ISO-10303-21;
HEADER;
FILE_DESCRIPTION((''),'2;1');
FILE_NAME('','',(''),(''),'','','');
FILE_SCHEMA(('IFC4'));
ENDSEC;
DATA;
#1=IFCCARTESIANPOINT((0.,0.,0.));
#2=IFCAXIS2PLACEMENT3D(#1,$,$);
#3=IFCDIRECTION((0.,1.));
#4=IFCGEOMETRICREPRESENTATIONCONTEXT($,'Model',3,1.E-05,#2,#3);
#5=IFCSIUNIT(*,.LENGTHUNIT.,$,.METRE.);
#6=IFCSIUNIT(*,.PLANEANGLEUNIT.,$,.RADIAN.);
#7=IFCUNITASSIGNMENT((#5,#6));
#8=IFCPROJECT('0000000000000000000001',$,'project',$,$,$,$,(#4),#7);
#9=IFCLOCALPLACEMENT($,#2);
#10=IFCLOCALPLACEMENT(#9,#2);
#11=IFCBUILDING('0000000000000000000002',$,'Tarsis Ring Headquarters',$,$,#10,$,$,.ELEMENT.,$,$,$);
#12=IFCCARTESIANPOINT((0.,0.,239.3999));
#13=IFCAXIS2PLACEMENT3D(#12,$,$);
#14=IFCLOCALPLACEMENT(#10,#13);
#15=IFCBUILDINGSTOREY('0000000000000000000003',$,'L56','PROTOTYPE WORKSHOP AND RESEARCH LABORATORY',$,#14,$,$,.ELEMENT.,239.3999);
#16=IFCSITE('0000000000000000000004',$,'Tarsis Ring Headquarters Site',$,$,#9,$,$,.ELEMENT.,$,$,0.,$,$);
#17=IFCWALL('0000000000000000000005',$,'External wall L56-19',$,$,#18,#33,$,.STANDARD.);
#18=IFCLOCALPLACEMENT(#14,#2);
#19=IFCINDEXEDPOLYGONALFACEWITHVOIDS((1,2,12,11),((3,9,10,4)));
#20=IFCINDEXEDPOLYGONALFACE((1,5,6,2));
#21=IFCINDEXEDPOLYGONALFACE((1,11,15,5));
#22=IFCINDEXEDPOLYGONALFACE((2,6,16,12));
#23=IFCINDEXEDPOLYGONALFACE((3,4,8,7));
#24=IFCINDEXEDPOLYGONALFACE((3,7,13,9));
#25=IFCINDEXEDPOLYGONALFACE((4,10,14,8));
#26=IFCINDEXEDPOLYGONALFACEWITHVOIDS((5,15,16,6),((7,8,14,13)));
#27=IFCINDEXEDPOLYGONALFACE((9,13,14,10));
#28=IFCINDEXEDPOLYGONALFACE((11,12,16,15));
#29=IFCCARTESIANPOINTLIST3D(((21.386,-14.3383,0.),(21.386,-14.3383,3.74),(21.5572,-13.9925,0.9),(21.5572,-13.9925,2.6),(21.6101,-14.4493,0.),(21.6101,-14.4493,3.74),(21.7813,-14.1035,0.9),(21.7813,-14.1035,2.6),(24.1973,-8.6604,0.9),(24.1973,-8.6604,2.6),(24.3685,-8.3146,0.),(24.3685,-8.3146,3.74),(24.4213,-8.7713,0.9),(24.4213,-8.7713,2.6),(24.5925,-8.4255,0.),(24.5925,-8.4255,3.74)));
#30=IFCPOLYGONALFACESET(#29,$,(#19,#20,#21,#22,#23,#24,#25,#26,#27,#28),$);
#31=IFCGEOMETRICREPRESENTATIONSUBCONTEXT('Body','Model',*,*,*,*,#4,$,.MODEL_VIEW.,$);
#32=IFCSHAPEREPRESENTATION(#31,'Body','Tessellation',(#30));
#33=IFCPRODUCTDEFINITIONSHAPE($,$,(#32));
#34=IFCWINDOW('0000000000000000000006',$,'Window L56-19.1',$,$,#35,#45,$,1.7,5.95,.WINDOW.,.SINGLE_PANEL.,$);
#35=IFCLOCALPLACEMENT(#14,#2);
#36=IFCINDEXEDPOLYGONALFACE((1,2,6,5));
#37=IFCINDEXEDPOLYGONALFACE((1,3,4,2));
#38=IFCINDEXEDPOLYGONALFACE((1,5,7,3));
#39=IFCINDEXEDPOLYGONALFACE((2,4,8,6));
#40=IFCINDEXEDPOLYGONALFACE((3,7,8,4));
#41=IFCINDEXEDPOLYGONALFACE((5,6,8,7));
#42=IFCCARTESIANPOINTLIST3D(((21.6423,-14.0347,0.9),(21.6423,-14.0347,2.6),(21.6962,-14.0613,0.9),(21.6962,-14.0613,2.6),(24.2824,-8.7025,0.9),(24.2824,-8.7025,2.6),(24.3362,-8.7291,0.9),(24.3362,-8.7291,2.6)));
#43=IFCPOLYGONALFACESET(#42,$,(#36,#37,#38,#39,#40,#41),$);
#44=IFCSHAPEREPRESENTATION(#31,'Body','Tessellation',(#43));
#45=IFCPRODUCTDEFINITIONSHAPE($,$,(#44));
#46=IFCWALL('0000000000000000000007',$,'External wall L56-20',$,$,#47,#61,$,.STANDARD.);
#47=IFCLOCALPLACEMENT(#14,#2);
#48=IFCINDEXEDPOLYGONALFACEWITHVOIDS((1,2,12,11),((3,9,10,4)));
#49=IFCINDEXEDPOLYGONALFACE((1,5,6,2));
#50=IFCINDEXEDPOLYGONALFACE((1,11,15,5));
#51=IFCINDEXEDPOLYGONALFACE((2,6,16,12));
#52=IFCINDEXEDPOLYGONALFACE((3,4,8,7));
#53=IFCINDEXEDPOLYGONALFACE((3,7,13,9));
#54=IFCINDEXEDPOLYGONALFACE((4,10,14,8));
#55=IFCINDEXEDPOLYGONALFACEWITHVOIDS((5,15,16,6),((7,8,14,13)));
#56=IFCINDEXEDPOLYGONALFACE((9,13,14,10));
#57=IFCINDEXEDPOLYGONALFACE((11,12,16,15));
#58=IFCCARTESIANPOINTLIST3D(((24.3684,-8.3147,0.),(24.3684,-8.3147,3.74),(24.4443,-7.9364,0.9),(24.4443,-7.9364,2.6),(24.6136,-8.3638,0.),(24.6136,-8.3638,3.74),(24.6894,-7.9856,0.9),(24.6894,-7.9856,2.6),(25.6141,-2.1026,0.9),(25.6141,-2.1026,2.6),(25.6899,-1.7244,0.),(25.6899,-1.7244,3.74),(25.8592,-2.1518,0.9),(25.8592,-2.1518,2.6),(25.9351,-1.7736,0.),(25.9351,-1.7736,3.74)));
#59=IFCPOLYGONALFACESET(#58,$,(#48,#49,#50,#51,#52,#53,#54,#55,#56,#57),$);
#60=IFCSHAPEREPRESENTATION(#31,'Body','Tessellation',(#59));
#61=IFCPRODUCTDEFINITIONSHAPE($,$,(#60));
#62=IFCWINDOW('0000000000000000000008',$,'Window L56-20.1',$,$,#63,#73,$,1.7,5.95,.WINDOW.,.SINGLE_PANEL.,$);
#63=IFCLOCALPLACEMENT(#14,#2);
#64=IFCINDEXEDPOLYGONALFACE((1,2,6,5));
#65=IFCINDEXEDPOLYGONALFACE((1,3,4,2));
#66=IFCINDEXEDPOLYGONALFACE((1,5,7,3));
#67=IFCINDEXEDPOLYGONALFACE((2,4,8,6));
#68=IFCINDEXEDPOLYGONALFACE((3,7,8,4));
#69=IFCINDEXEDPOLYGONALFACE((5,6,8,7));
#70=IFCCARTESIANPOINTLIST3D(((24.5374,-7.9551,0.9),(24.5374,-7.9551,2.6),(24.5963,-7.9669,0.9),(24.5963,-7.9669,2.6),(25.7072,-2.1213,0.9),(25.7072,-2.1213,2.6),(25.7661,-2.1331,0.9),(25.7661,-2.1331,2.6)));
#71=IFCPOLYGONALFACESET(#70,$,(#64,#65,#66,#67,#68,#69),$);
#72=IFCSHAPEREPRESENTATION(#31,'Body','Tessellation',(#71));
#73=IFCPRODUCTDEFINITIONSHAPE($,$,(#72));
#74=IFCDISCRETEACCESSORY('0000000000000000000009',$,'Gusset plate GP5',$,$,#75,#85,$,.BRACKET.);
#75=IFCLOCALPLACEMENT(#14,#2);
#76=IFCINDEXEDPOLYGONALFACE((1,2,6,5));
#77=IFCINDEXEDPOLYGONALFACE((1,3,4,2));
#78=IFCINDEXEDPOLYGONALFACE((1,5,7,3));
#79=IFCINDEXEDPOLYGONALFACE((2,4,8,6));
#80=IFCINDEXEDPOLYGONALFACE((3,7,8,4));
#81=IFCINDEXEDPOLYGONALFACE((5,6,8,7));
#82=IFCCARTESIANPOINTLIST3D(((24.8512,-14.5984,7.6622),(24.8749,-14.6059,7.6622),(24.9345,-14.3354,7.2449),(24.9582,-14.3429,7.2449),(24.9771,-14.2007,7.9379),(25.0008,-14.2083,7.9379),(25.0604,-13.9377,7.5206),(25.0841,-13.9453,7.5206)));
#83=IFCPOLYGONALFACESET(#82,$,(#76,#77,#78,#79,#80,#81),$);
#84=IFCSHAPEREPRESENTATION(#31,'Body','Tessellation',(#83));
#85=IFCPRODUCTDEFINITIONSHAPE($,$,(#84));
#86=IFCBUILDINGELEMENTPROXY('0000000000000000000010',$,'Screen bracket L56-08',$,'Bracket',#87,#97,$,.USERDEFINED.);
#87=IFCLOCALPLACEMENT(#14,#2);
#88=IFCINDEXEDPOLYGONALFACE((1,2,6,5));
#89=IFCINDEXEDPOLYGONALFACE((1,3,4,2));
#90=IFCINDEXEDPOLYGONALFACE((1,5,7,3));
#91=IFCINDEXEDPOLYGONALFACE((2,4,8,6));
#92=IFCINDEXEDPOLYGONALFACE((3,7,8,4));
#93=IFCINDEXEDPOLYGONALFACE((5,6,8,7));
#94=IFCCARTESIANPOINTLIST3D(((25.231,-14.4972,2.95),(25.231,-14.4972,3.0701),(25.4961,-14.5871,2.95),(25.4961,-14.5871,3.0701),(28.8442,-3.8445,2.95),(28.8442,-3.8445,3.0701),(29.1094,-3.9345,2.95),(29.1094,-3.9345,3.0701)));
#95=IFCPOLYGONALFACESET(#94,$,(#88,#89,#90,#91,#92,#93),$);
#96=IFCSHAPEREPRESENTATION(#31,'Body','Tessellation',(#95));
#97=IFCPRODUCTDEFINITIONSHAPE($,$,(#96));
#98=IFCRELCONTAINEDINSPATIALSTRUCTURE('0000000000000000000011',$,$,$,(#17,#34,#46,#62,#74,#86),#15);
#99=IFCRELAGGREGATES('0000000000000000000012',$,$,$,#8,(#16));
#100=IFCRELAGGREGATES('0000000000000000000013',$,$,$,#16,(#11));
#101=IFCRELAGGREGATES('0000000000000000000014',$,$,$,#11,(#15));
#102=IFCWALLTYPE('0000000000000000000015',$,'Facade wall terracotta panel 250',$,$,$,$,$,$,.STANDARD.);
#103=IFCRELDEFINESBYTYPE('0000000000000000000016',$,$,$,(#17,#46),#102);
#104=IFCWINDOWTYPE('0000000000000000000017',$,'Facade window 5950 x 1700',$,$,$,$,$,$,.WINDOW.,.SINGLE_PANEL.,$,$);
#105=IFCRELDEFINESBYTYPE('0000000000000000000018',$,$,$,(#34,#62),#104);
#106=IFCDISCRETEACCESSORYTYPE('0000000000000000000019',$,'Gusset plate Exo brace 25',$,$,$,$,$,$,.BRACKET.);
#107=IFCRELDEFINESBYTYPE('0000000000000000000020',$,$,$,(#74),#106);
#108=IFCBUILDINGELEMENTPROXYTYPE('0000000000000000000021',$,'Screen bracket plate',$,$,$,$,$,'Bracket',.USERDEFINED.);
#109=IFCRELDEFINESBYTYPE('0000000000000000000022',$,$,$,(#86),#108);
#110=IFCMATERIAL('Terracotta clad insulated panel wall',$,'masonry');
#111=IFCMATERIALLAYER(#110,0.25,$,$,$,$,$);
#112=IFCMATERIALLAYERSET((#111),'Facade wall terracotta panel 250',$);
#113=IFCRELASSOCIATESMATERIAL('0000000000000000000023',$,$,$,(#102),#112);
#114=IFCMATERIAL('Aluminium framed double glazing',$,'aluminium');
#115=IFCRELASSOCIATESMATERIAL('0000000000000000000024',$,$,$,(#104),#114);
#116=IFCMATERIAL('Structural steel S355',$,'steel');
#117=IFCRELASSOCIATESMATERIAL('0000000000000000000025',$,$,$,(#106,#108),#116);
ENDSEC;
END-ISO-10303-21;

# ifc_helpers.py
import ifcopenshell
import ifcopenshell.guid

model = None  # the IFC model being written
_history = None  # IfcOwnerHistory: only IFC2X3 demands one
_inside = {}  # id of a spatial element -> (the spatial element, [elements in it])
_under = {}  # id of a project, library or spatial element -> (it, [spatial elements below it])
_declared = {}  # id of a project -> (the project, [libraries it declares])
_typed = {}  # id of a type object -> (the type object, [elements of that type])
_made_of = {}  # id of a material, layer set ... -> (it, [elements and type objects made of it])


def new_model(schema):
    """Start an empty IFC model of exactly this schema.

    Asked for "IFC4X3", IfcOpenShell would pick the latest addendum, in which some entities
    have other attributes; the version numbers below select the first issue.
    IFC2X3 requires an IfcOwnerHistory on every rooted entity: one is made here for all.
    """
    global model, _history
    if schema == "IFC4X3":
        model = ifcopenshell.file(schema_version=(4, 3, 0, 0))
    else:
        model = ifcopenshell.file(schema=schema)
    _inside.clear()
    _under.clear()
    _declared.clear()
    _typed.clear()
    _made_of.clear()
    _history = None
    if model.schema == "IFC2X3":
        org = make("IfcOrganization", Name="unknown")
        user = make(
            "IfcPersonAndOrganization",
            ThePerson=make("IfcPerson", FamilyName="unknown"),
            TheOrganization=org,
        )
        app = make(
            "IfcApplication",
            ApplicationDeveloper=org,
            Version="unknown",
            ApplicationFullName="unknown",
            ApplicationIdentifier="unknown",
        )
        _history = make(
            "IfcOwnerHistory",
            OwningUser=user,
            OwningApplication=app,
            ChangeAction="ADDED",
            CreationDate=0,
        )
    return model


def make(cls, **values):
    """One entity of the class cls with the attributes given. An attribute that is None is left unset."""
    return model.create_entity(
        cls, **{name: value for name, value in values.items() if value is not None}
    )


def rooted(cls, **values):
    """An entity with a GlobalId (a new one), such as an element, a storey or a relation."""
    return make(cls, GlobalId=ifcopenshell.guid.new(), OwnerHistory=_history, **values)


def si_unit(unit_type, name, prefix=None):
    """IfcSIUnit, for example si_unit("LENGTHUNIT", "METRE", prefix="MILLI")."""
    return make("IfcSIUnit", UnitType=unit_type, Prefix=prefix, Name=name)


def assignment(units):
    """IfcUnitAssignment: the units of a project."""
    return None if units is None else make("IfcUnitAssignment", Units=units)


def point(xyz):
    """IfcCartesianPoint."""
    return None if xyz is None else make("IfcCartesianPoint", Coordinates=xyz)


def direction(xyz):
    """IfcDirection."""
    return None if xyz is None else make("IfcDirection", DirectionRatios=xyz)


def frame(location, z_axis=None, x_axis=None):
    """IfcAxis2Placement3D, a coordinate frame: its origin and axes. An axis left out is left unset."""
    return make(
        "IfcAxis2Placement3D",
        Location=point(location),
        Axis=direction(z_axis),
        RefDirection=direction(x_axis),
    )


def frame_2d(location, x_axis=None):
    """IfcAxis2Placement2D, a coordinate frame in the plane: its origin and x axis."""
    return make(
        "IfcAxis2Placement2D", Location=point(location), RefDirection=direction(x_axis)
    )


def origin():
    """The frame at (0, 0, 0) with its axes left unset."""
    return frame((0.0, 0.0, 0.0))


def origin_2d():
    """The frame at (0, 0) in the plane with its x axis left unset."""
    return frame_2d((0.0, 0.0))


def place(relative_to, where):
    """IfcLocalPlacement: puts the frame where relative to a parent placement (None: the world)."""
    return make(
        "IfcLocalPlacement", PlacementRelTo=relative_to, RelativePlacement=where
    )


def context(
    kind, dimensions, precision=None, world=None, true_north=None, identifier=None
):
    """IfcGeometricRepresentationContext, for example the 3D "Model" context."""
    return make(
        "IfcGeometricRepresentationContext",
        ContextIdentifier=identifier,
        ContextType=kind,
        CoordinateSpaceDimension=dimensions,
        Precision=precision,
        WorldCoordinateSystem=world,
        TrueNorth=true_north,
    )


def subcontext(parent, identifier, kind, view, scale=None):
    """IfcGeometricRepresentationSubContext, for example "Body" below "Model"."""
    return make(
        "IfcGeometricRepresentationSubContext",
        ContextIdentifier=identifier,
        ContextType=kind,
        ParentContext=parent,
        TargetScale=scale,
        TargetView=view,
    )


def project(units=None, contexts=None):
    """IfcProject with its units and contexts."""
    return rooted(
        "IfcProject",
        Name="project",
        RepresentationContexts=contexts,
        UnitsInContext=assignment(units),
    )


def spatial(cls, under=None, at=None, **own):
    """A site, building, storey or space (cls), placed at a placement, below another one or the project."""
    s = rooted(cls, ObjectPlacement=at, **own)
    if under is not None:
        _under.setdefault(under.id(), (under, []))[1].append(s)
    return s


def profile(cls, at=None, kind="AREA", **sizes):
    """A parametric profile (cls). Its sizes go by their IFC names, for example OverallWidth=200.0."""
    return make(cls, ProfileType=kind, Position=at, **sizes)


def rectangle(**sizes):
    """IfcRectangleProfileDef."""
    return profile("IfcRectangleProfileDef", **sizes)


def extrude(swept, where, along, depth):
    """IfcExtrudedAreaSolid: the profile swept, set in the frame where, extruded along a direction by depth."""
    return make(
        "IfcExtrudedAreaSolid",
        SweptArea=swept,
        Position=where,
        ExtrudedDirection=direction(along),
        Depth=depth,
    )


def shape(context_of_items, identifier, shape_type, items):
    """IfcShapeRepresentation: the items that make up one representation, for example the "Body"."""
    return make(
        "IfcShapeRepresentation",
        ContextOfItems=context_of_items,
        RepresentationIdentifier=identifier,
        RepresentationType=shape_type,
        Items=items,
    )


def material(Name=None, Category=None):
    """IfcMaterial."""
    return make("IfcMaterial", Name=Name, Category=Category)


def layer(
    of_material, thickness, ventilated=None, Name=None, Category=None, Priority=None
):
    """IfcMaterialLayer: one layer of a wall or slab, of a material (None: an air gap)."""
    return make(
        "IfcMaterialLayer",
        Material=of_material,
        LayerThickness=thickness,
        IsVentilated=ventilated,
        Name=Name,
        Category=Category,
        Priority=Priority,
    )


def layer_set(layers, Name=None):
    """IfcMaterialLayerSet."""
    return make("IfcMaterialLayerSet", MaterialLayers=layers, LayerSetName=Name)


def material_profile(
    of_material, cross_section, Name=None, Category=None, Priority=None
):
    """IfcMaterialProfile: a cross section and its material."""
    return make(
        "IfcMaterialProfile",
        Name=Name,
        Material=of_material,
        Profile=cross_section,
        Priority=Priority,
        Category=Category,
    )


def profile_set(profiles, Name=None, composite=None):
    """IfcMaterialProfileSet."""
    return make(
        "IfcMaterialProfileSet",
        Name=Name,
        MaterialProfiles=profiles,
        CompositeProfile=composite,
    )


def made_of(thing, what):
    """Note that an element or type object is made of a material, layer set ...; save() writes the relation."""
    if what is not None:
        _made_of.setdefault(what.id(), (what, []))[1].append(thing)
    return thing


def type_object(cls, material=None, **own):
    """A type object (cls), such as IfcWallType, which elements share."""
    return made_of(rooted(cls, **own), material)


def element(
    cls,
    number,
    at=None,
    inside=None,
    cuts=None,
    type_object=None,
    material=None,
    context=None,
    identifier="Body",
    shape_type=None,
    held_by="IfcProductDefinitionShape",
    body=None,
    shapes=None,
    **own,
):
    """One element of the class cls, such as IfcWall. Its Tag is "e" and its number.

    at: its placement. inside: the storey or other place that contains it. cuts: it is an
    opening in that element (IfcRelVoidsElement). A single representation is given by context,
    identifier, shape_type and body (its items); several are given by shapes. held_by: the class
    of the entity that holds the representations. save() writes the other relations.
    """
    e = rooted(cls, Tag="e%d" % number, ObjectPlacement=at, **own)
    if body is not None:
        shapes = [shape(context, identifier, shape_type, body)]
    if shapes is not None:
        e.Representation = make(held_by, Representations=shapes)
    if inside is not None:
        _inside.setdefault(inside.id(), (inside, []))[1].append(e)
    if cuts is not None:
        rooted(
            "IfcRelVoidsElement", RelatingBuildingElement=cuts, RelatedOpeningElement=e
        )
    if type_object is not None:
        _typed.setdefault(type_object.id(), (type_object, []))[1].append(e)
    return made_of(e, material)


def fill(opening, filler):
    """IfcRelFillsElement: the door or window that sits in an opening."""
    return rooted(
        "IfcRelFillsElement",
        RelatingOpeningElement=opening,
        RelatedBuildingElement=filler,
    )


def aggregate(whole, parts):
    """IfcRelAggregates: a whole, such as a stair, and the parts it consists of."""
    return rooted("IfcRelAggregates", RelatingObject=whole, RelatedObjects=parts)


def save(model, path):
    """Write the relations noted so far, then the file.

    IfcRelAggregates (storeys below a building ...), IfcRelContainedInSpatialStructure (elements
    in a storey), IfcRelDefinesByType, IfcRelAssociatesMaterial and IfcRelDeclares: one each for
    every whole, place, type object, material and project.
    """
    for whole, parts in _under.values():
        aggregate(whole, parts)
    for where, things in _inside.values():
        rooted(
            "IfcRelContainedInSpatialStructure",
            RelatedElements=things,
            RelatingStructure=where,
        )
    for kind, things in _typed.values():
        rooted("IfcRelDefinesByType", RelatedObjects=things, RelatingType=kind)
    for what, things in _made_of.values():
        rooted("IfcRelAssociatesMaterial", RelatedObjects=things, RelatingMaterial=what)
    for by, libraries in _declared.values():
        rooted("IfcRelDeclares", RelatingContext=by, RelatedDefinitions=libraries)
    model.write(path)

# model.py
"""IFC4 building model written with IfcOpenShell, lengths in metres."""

from ifc_helpers import new_model, si_unit, direction, frame, frame_2d, origin, origin_2d, place, context, subcontext, project, spatial, rectangle, extrude, material, layer, layer_set, material_profile, profile_set, type_object, element, fill, save


model = new_model("IFC4")

# Units and contexts
model_context = context("Model", 3, precision=1e-05, world=origin(), true_north=direction((0.0, 1.0)))
body_context = subcontext(model_context, "Body", "Model", "MODEL_VIEW")
ifc_project = project(units=[si_unit("LENGTHUNIT", "METRE"), si_unit("PLANEANGLEUNIT", "RADIAN")], contexts=[model_context])

# Site, building, storey
site_placement = place(None, origin())
site = spatial("IfcSite", under=ifc_project, at=site_placement, Name="Tarsis Ring Headquarters Site", CompositionType="ELEMENT", RefElevation=0.0)
building_placement = place(site_placement, origin())
building = spatial("IfcBuilding", under=site, at=building_placement, Name="Tarsis Ring Headquarters", CompositionType="ELEMENT")
storey_placement = place(building_placement, frame((0.0, 0.0, 239.3999)))
storey = spatial("IfcBuildingStorey", under=building, at=storey_placement, Name="L56", Description="PROTOTYPE WORKSHOP AND RESEARCH LABORATORY", CompositionType="ELEMENT", Elevation=239.3999)

# Shared definitions
ifc_material_1 = material(Name="Structural steel S355", Category="steel")

# Walls, openings, windows
ifc_material_2 = material(Name="Terracotta clad insulated panel wall", Category="masonry")
ifc_layer_1 = layer(ifc_material_2, 0.25)
ifc_layer_set_1 = layer_set([ifc_layer_1], Name="Facade wall terracotta panel 250")
wall_type_1 = type_object("IfcWallType", Name="Facade wall terracotta panel 250", PredefinedType="STANDARD", material=ifc_layer_set_1)
ifc_material_3 = material(Name="Aluminium framed double glazing", Category="aluminium")
window_type_1 = type_object("IfcWindowType", Name="Facade window 5950 x 1700", PartitioningType="SINGLE_PANEL", PredefinedType="WINDOW", material=ifc_material_3)
wall_1_placement = place(storey_placement, frame((21.498, -14.3938, 0.0), z_axis=(0.0, 0.0, 1.0), x_axis=(0.443709, 0.896171, 0.0)))
wall_1 = element("IfcWall", 1, at=wall_1_placement, inside=storey, type_object=wall_type_1, Name="External wall L56-19", PredefinedType="STANDARD", context=body_context, shape_type="SweptSolid", body=[
    extrude(rectangle(XDim=6.7217, YDim=0.25, at=frame_2d((3.3608, 0.0))), origin(), (0.0, 0.0, 1.0), 3.74),
])
opening_1_placement = place(wall_1_placement, frame((0.3857, 0.0, 0.8999)))
opening_1 = element("IfcOpeningElement", 2, at=opening_1_placement, cuts=wall_1, PredefinedType="OPENING", context=body_context, shape_type="SweptSolid", body=[
    extrude(rectangle(XDim=5.95, YDim=1.7, at=frame_2d((2.9751, 0.8501))), frame((0.0, 0.135, 0.0), z_axis=(0.0, -1.0, 0.0), x_axis=(1.0, 0.0, 0.0)), (0.0, 0.0, 1.0), 0.27),
])
window_1_placement = place(opening_1_placement, origin())
window_1 = element("IfcWindow", 3, at=window_1_placement, inside=storey, type_object=window_type_1, Name="Window L56-19.1", OverallHeight=1.7, OverallWidth=5.95, PartitioningType="SINGLE_PANEL", PredefinedType="WINDOW", context=body_context, shape_type="SweptSolid", body=[
    extrude(rectangle(XDim=5.95, YDim=1.7, at=frame_2d((2.9751, 0.8501))), frame((0.0, 0.03, 0.0), z_axis=(0.0, -1.0, 0.0), x_axis=(1.0, 0.0, 0.0)), (0.0, 0.0, 1.0), 0.0601),
])
fill(opening_1, window_1)
wall_2_placement = place(storey_placement, frame((24.491, -8.3394, 0.0), z_axis=(0.0, 0.0, 1.0), x_axis=(0.196612, 0.980481, 0.0)))
wall_2 = element("IfcWall", 4, at=wall_2_placement, inside=storey, type_object=wall_type_1, Name="External wall L56-20", PredefinedType="STANDARD", context=body_context, shape_type="SweptSolid", body=[
    extrude(rectangle(XDim=6.7214, YDim=0.25, at=frame_2d((3.3608, 0.0))), origin(), (0.0, 0.0, 1.0), 3.74),
])
opening_2_placement = place(wall_2_placement, frame((0.3857, 0.0, 0.8999)))
opening_2 = element("IfcOpeningElement", 5, at=opening_2_placement, cuts=wall_2, PredefinedType="OPENING", context=body_context, shape_type="SweptSolid", body=[
    extrude(rectangle(XDim=5.95, YDim=1.7, at=frame_2d((2.9751, 0.8501))), frame((0.0, 0.135, 0.0), z_axis=(0.0, -1.0, 0.0), x_axis=(1.0, 0.0, 0.0)), (0.0, 0.0, 1.0), 0.27),
])
window_2_placement = place(opening_2_placement, origin())
window_2 = element("IfcWindow", 6, at=window_2_placement, inside=storey, type_object=window_type_1, Name="Window L56-20.1", OverallHeight=1.7, OverallWidth=5.95, PartitioningType="SINGLE_PANEL", PredefinedType="WINDOW", context=body_context, shape_type="SweptSolid", body=[
    extrude(rectangle(XDim=5.95, YDim=1.7, at=frame_2d((2.9751, 0.8501))), frame((0.0, 0.03, 0.0), z_axis=(0.0, -1.0, 0.0), x_axis=(1.0, 0.0, 0.0)), (0.0, 0.0, 1.0), 0.0601),
])
fill(opening_2, window_2)

# Discrete accessory
ifc_material_profile_1 = material_profile(ifc_material_1, rectangle(XDim=0.0249, YDim=0.5, at=origin_2d()), Name="PL 25x500")
ifc_profile_set_1 = profile_set([ifc_material_profile_1], Name="Structural steel S355")
discrete_accessory_type = type_object("IfcDiscreteAccessoryType", Name="Gusset plate Exo brace 25", PredefinedType="BRACKET", material=ifc_profile_set_1)
discrete_accessory_placement = place(storey_placement, frame((24.926, -14.4033, 7.8), z_axis=(0.166453, 0.525717, -0.834215), x_axis=(-0.953355, 0.301851, 0.0)))
element("IfcDiscreteAccessory", 7, at=discrete_accessory_placement, inside=storey, type_object=discrete_accessory_type, Name="Gusset plate GP5", PredefinedType="BRACKET", context=body_context, shape_type="SweptSolid", body=[
    extrude(rectangle(XDim=0.0249, YDim=0.5, at=origin_2d()), origin(), (0.0, 0.0, 1.0), 0.5002),
])

# Building element proxy
building_element_proxy_type = type_object("IfcBuildingElementProxyType", Name="Screen bracket plate", ElementType="Bracket", PredefinedType="USERDEFINED", material=ifc_material_1)
proxy_placement = place(storey_placement, frame((27.1702, -9.2158, 2.95), z_axis=(0.0, 0.0, 1.0), x_axis=(0.321212, 0.947007, 0.0)))
element("IfcBuildingElementProxy", 8, at=proxy_placement, inside=storey, type_object=building_element_proxy_type, Name="Screen bracket L56-08", ObjectType="Bracket", PredefinedType="USERDEFINED", context=body_context, shape_type="SweptSolid", body=[
    extrude(rectangle(XDim=11.2488, YDim=0.28, at=origin_2d()), origin(), (0.0, 0.0, 1.0), 0.1201),
])

save(model, "model.ifc")
